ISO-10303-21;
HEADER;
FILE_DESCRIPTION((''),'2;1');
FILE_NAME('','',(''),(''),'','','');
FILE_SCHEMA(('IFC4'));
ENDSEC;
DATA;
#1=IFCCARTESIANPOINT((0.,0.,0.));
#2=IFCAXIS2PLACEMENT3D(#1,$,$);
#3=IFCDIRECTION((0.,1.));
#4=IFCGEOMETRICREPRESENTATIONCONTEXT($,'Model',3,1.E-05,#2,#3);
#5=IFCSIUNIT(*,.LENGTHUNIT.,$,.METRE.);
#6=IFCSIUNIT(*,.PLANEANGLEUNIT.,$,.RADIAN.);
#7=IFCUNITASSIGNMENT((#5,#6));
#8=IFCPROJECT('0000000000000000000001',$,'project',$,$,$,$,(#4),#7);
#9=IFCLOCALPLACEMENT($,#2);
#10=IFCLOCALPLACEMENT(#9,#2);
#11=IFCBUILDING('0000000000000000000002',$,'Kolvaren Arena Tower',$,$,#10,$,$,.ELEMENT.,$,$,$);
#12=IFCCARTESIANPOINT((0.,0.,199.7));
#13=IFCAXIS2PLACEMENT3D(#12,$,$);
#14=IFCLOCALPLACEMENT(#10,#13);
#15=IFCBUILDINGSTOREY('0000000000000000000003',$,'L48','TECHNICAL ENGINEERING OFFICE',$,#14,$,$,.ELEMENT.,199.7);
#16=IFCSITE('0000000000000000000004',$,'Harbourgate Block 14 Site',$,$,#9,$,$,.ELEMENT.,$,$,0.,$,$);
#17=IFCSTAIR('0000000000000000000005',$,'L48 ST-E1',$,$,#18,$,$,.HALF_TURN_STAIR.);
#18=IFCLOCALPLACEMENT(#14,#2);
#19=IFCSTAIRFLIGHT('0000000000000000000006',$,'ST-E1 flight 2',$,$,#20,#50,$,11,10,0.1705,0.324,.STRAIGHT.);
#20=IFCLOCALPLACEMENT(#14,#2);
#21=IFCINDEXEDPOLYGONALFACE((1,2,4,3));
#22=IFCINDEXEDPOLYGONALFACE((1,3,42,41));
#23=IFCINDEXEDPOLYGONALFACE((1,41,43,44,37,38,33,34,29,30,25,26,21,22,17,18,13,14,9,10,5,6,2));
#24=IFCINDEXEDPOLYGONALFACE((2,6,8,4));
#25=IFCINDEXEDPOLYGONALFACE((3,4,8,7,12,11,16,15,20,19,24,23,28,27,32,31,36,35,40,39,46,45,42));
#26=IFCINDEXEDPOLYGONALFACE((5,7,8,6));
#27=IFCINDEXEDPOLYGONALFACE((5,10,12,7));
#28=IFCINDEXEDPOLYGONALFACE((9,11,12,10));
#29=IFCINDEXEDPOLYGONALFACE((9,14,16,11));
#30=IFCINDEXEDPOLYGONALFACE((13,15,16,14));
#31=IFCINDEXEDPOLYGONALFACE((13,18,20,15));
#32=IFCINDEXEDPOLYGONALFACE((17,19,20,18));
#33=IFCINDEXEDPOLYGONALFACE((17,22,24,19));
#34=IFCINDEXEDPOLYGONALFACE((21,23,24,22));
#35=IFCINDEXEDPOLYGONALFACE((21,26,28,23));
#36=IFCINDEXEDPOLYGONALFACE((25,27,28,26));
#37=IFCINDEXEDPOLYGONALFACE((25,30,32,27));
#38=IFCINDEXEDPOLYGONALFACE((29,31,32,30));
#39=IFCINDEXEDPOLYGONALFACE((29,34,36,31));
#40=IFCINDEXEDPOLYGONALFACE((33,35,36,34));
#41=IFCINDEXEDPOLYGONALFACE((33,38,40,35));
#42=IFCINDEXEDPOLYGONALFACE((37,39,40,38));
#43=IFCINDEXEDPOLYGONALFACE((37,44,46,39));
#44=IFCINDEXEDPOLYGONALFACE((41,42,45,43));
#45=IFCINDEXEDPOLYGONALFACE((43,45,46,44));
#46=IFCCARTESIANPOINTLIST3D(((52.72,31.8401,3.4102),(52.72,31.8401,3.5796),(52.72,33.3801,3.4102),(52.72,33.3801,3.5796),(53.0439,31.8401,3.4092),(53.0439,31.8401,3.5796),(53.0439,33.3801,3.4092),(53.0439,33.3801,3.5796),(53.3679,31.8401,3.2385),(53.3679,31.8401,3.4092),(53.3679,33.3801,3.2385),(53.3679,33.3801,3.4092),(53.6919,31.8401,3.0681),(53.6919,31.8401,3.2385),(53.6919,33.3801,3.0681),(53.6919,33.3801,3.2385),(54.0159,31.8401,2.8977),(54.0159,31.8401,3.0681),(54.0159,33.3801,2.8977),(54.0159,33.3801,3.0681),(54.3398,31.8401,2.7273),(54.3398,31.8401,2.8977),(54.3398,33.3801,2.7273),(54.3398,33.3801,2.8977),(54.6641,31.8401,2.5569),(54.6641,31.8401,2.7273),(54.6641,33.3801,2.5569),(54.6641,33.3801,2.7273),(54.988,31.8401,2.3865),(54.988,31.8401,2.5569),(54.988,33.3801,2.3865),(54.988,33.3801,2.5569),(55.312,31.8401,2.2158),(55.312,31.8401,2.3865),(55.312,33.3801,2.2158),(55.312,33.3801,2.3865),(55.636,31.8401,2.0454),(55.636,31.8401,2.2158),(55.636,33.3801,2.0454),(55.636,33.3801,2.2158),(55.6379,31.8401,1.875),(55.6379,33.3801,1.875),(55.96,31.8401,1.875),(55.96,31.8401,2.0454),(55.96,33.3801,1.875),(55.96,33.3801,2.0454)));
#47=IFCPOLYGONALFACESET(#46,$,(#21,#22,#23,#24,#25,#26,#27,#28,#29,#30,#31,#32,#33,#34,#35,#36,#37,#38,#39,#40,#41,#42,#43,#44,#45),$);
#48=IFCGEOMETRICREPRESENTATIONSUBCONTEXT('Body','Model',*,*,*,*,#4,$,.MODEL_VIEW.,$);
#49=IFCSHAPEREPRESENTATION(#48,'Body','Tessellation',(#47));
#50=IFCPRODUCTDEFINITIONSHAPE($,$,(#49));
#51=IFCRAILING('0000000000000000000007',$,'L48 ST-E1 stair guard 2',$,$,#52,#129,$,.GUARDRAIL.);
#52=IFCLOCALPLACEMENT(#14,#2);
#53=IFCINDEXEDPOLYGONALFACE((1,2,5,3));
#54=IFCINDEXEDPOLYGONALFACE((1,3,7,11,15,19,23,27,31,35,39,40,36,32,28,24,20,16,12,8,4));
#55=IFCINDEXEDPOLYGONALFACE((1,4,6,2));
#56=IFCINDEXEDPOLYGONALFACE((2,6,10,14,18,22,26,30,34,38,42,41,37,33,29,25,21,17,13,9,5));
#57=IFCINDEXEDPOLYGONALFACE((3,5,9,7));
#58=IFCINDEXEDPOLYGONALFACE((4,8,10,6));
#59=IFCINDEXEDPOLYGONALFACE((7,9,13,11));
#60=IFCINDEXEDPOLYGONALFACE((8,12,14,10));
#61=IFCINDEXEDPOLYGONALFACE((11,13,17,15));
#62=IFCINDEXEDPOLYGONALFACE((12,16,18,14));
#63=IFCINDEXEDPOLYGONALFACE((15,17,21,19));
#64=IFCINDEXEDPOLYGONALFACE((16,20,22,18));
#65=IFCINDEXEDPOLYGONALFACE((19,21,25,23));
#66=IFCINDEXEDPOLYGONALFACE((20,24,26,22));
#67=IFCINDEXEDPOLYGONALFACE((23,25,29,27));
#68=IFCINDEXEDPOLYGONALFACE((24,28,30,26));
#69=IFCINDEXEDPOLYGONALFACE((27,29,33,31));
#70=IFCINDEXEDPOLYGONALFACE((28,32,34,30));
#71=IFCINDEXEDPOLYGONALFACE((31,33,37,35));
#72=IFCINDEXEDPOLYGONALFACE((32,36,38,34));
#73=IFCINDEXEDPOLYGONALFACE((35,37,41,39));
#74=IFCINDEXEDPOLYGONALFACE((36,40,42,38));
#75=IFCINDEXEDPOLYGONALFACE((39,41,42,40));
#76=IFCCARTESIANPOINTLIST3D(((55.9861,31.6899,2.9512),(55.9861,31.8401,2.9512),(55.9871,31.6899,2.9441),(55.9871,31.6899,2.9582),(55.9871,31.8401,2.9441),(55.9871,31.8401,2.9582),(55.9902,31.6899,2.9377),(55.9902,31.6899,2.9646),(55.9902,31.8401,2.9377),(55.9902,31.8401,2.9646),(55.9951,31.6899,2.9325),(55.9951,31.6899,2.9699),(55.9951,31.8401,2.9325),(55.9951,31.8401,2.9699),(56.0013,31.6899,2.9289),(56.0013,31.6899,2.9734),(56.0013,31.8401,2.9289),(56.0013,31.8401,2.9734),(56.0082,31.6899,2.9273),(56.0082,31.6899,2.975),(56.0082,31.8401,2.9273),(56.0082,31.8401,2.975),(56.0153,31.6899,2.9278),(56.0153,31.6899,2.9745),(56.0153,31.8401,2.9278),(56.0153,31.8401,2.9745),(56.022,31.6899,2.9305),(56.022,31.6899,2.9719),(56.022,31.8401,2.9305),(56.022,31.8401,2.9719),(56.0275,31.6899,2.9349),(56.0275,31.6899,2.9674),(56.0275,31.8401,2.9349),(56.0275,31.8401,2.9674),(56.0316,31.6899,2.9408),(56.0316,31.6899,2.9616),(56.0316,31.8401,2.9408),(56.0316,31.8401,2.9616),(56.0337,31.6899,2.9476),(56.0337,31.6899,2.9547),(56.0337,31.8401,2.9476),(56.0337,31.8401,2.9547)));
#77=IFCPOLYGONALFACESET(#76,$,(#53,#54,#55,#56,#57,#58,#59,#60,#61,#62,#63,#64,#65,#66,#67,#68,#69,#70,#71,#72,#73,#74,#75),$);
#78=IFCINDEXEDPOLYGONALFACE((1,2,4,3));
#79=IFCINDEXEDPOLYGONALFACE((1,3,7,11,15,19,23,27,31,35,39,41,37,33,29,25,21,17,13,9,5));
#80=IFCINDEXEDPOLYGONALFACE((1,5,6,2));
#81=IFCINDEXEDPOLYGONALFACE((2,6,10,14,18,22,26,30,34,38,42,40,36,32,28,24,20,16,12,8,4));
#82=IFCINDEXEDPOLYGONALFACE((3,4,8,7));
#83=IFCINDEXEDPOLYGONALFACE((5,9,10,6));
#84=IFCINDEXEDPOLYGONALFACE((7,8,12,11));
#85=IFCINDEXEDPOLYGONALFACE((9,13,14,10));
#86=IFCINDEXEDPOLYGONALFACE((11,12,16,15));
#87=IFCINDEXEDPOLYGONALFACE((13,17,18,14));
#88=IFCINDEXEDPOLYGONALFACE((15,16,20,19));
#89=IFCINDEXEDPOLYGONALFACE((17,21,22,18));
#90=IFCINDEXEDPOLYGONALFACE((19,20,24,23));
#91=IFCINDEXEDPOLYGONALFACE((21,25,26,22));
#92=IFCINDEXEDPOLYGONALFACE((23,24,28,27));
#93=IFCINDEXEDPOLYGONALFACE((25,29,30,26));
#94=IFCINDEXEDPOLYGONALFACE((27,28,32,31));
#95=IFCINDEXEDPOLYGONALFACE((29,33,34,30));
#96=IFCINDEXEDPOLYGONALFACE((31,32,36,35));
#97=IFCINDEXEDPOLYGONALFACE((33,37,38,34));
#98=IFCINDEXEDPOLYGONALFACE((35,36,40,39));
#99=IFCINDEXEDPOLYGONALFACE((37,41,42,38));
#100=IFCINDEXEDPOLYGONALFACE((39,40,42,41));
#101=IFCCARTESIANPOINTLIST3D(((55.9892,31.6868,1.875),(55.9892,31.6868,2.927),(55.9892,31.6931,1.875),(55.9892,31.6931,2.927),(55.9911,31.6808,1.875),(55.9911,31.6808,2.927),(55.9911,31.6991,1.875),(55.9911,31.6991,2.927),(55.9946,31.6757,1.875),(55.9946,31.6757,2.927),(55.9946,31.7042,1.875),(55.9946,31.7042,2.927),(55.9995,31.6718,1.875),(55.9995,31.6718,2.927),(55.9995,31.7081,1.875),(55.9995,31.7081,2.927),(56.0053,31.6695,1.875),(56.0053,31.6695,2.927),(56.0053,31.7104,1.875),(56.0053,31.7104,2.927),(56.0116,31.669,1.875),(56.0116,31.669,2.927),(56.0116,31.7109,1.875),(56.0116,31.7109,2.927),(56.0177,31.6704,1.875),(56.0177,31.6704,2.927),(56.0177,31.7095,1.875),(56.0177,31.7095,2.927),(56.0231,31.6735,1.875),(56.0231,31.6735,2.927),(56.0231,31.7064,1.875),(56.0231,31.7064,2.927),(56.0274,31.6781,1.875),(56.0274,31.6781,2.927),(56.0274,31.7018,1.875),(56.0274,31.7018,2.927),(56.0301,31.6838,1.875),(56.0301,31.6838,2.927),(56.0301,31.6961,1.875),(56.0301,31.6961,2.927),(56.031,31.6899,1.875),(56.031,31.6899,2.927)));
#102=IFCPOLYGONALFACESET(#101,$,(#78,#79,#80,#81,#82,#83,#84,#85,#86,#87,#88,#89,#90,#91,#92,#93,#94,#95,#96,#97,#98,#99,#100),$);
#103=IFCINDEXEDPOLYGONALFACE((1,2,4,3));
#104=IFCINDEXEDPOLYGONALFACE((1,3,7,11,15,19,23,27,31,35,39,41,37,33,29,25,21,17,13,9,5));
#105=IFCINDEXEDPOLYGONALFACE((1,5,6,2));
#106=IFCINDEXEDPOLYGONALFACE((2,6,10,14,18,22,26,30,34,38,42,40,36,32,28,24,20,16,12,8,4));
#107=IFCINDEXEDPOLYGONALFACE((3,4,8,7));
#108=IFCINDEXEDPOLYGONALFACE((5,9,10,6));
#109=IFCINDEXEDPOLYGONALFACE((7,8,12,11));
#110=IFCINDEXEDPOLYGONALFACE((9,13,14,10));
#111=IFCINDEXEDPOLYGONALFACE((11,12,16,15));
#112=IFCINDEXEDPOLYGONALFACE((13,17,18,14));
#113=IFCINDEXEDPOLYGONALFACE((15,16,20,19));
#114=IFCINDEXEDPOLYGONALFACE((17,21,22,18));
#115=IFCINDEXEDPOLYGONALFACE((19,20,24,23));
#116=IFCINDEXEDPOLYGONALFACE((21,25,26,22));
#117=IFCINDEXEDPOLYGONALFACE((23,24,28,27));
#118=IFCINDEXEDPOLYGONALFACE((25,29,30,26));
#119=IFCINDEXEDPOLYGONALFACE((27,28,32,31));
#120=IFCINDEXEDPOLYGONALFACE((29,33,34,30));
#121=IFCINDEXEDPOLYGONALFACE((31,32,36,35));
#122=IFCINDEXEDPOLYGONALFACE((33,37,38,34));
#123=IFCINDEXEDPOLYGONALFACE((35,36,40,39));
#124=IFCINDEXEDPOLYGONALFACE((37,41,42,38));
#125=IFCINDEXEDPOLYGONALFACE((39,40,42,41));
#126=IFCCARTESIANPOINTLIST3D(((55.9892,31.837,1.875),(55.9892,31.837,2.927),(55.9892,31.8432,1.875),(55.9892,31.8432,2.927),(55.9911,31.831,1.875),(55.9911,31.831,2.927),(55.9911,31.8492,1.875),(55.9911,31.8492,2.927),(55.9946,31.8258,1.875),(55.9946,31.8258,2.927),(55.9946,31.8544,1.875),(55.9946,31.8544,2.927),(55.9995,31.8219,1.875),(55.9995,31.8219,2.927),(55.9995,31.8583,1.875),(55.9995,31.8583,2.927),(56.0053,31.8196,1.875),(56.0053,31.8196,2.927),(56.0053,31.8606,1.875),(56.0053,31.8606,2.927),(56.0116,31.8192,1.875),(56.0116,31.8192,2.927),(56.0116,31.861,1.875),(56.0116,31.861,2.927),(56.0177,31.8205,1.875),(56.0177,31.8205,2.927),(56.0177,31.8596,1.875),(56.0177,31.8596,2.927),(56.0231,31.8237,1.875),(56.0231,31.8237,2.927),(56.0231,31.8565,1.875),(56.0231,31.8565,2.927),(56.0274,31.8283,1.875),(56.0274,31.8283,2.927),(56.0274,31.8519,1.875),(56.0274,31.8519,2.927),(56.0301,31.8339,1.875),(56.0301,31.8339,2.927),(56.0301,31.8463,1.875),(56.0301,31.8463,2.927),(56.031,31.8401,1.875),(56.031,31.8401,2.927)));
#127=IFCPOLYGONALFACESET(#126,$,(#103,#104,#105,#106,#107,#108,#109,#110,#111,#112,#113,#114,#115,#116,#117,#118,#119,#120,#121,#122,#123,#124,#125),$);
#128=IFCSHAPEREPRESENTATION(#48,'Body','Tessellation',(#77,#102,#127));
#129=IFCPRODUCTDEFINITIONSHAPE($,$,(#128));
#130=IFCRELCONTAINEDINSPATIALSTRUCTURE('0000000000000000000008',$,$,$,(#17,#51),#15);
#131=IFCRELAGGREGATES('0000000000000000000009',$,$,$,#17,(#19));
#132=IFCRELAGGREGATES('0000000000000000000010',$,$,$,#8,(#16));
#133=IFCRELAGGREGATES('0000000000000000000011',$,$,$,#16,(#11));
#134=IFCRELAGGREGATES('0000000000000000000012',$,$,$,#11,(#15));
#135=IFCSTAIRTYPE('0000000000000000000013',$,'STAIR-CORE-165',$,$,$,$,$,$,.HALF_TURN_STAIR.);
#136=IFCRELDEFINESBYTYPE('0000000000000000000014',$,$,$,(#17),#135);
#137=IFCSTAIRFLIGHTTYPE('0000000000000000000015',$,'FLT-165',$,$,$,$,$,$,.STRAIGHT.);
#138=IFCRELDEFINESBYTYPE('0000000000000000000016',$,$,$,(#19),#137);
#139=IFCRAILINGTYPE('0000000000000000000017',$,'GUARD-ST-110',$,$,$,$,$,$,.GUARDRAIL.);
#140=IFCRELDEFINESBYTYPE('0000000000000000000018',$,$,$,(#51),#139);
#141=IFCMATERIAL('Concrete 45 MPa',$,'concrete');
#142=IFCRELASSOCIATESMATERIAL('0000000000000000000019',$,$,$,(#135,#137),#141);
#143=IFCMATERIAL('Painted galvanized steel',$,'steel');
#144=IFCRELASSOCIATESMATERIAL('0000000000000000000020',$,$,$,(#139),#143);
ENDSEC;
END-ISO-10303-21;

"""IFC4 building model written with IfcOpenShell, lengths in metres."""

from ifc_helpers import new_model, si_unit, direction, frame, origin, origin_2d, place, context, subcontext, project, spatial, polyline, circle, outline, extrude, material, type_object, element, aggregate, save


model = new_model("IFC4")

# Units and contexts
model_context = context("Model", 3, precision=1e-05, world=origin(), true_north=direction((0.0, 1.0)))
body_context = subcontext(model_context, "Body", "Model", "MODEL_VIEW")
ifc_project = project(units=[si_unit("LENGTHUNIT", "METRE"), si_unit("PLANEANGLEUNIT", "RADIAN")], contexts=[model_context])

# Site, building, storey
site_placement = place(None, origin())
site = spatial("IfcSite", under=ifc_project, at=site_placement, Name="Harbourgate Block 14 Site", CompositionType="ELEMENT", RefElevation=0.0)
building_placement = place(site_placement, origin())
building = spatial("IfcBuilding", under=site, at=building_placement, Name="Kolvaren Arena Tower", CompositionType="ELEMENT")
storey_placement = place(building_placement, frame((0.0, 0.0, 199.7)))
storey = spatial("IfcBuildingStorey", under=building, at=storey_placement, Name="L48", Description="TECHNICAL ENGINEERING OFFICE", CompositionType="ELEMENT", Elevation=199.7)

# Shared definitions
ifc_material_1 = material(Name="Concrete 45 MPa", Category="concrete")

# Stair, stair flight
stair_type_1 = type_object("IfcStairType", Name="STAIR-CORE-165", PredefinedType="HALF_TURN_STAIR", material=ifc_material_1)
stair_1_placement = place(storey_placement, origin())
stair_1 = element("IfcStair", 1, at=stair_1_placement, inside=storey, type_object=stair_type_1, Name="L48 ST-E1", PredefinedType="HALF_TURN_STAIR")
stair_flight_type_1 = type_object("IfcStairFlightType", Name="FLT-165", PredefinedType="STRAIGHT", material=ifc_material_1)
stair_flight_1_placement = place(storey_placement, frame((55.96, 32.6101, 1.875), z_axis=(0.0, 0.0, 1.0), x_axis=(-1.0, 0.0, 0.0)))
stair_flight_1 = element("IfcStairFlight", 2, at=stair_flight_1_placement, type_object=stair_flight_type_1, Name="ST-E1 flight 2", NumberOfRisers=11, NumberOfTreads=10, PredefinedType="STRAIGHT", RiserHeight=0.1705, TreadLength=0.324, context=body_context, shape_type="SweptSolid", body=[
    extrude(outline(polyline([(0.0, 0.0), (0.0, 0.1704), (0.324, 0.1704), (0.324, 0.3408), (0.6479, 0.3408), (0.6479, 0.5115), (0.9719, 0.5115), (0.9719, 0.6819), (1.2959, 0.6819), (1.2959, 0.8523), (1.6201, 0.8523), (1.6201, 1.0227), (1.9441, 1.0227), (1.9441, 1.1931), (2.2681, 1.1931), (2.2681, 1.3635), (2.592, 1.3635), (2.592, 1.5342), (2.916, 1.5342), (2.916, 1.7046), (3.24, 1.7046), (3.24, 1.875), (3.24, 1.5352), (0.322, 0.0), (0.0, 0.0)])), frame((0.0, 0.77, 0.0), z_axis=(0.0, -1.0, 0.0), x_axis=(1.0, 0.0, 0.0)), (0.0, 0.0, 1.0), 1.54),
])
aggregate(stair_1, [stair_flight_1])

# Railing
ifc_material_2 = material(Name="Painted galvanized steel", Category="steel")
railing_type_1 = type_object("IfcRailingType", Name="GUARD-ST-110", PredefinedType="GUARDRAIL", material=ifc_material_2)
railing_1_placement = place(storey_placement, frame((56.01, 31.6899, 1.875)))
element("IfcRailing", 3, at=railing_1_placement, inside=storey, type_object=railing_type_1, Name="L48 ST-E1 stair guard 2", PredefinedType="GUARDRAIL", context=body_context, shape_type="SweptSolid", body=[
    extrude(circle(Radius=0.0239, at=origin_2d()), frame((0.0, 0.0, 1.0762), z_axis=(0.0, 1.0, 0.0), x_axis=(-1.0, 0.0, 0.0)), (0.0, 0.0, 1.0), 0.1501),
    extrude(circle(Radius=0.021, at=origin_2d()), origin(), (0.0, 0.0, 1.0), 1.052),
    extrude(circle(Radius=0.021, at=origin_2d()), frame((0.0, 0.1501, 0.0)), (0.0, 0.0, 1.0), 1.052),
])

save(model, "model.ifc")
